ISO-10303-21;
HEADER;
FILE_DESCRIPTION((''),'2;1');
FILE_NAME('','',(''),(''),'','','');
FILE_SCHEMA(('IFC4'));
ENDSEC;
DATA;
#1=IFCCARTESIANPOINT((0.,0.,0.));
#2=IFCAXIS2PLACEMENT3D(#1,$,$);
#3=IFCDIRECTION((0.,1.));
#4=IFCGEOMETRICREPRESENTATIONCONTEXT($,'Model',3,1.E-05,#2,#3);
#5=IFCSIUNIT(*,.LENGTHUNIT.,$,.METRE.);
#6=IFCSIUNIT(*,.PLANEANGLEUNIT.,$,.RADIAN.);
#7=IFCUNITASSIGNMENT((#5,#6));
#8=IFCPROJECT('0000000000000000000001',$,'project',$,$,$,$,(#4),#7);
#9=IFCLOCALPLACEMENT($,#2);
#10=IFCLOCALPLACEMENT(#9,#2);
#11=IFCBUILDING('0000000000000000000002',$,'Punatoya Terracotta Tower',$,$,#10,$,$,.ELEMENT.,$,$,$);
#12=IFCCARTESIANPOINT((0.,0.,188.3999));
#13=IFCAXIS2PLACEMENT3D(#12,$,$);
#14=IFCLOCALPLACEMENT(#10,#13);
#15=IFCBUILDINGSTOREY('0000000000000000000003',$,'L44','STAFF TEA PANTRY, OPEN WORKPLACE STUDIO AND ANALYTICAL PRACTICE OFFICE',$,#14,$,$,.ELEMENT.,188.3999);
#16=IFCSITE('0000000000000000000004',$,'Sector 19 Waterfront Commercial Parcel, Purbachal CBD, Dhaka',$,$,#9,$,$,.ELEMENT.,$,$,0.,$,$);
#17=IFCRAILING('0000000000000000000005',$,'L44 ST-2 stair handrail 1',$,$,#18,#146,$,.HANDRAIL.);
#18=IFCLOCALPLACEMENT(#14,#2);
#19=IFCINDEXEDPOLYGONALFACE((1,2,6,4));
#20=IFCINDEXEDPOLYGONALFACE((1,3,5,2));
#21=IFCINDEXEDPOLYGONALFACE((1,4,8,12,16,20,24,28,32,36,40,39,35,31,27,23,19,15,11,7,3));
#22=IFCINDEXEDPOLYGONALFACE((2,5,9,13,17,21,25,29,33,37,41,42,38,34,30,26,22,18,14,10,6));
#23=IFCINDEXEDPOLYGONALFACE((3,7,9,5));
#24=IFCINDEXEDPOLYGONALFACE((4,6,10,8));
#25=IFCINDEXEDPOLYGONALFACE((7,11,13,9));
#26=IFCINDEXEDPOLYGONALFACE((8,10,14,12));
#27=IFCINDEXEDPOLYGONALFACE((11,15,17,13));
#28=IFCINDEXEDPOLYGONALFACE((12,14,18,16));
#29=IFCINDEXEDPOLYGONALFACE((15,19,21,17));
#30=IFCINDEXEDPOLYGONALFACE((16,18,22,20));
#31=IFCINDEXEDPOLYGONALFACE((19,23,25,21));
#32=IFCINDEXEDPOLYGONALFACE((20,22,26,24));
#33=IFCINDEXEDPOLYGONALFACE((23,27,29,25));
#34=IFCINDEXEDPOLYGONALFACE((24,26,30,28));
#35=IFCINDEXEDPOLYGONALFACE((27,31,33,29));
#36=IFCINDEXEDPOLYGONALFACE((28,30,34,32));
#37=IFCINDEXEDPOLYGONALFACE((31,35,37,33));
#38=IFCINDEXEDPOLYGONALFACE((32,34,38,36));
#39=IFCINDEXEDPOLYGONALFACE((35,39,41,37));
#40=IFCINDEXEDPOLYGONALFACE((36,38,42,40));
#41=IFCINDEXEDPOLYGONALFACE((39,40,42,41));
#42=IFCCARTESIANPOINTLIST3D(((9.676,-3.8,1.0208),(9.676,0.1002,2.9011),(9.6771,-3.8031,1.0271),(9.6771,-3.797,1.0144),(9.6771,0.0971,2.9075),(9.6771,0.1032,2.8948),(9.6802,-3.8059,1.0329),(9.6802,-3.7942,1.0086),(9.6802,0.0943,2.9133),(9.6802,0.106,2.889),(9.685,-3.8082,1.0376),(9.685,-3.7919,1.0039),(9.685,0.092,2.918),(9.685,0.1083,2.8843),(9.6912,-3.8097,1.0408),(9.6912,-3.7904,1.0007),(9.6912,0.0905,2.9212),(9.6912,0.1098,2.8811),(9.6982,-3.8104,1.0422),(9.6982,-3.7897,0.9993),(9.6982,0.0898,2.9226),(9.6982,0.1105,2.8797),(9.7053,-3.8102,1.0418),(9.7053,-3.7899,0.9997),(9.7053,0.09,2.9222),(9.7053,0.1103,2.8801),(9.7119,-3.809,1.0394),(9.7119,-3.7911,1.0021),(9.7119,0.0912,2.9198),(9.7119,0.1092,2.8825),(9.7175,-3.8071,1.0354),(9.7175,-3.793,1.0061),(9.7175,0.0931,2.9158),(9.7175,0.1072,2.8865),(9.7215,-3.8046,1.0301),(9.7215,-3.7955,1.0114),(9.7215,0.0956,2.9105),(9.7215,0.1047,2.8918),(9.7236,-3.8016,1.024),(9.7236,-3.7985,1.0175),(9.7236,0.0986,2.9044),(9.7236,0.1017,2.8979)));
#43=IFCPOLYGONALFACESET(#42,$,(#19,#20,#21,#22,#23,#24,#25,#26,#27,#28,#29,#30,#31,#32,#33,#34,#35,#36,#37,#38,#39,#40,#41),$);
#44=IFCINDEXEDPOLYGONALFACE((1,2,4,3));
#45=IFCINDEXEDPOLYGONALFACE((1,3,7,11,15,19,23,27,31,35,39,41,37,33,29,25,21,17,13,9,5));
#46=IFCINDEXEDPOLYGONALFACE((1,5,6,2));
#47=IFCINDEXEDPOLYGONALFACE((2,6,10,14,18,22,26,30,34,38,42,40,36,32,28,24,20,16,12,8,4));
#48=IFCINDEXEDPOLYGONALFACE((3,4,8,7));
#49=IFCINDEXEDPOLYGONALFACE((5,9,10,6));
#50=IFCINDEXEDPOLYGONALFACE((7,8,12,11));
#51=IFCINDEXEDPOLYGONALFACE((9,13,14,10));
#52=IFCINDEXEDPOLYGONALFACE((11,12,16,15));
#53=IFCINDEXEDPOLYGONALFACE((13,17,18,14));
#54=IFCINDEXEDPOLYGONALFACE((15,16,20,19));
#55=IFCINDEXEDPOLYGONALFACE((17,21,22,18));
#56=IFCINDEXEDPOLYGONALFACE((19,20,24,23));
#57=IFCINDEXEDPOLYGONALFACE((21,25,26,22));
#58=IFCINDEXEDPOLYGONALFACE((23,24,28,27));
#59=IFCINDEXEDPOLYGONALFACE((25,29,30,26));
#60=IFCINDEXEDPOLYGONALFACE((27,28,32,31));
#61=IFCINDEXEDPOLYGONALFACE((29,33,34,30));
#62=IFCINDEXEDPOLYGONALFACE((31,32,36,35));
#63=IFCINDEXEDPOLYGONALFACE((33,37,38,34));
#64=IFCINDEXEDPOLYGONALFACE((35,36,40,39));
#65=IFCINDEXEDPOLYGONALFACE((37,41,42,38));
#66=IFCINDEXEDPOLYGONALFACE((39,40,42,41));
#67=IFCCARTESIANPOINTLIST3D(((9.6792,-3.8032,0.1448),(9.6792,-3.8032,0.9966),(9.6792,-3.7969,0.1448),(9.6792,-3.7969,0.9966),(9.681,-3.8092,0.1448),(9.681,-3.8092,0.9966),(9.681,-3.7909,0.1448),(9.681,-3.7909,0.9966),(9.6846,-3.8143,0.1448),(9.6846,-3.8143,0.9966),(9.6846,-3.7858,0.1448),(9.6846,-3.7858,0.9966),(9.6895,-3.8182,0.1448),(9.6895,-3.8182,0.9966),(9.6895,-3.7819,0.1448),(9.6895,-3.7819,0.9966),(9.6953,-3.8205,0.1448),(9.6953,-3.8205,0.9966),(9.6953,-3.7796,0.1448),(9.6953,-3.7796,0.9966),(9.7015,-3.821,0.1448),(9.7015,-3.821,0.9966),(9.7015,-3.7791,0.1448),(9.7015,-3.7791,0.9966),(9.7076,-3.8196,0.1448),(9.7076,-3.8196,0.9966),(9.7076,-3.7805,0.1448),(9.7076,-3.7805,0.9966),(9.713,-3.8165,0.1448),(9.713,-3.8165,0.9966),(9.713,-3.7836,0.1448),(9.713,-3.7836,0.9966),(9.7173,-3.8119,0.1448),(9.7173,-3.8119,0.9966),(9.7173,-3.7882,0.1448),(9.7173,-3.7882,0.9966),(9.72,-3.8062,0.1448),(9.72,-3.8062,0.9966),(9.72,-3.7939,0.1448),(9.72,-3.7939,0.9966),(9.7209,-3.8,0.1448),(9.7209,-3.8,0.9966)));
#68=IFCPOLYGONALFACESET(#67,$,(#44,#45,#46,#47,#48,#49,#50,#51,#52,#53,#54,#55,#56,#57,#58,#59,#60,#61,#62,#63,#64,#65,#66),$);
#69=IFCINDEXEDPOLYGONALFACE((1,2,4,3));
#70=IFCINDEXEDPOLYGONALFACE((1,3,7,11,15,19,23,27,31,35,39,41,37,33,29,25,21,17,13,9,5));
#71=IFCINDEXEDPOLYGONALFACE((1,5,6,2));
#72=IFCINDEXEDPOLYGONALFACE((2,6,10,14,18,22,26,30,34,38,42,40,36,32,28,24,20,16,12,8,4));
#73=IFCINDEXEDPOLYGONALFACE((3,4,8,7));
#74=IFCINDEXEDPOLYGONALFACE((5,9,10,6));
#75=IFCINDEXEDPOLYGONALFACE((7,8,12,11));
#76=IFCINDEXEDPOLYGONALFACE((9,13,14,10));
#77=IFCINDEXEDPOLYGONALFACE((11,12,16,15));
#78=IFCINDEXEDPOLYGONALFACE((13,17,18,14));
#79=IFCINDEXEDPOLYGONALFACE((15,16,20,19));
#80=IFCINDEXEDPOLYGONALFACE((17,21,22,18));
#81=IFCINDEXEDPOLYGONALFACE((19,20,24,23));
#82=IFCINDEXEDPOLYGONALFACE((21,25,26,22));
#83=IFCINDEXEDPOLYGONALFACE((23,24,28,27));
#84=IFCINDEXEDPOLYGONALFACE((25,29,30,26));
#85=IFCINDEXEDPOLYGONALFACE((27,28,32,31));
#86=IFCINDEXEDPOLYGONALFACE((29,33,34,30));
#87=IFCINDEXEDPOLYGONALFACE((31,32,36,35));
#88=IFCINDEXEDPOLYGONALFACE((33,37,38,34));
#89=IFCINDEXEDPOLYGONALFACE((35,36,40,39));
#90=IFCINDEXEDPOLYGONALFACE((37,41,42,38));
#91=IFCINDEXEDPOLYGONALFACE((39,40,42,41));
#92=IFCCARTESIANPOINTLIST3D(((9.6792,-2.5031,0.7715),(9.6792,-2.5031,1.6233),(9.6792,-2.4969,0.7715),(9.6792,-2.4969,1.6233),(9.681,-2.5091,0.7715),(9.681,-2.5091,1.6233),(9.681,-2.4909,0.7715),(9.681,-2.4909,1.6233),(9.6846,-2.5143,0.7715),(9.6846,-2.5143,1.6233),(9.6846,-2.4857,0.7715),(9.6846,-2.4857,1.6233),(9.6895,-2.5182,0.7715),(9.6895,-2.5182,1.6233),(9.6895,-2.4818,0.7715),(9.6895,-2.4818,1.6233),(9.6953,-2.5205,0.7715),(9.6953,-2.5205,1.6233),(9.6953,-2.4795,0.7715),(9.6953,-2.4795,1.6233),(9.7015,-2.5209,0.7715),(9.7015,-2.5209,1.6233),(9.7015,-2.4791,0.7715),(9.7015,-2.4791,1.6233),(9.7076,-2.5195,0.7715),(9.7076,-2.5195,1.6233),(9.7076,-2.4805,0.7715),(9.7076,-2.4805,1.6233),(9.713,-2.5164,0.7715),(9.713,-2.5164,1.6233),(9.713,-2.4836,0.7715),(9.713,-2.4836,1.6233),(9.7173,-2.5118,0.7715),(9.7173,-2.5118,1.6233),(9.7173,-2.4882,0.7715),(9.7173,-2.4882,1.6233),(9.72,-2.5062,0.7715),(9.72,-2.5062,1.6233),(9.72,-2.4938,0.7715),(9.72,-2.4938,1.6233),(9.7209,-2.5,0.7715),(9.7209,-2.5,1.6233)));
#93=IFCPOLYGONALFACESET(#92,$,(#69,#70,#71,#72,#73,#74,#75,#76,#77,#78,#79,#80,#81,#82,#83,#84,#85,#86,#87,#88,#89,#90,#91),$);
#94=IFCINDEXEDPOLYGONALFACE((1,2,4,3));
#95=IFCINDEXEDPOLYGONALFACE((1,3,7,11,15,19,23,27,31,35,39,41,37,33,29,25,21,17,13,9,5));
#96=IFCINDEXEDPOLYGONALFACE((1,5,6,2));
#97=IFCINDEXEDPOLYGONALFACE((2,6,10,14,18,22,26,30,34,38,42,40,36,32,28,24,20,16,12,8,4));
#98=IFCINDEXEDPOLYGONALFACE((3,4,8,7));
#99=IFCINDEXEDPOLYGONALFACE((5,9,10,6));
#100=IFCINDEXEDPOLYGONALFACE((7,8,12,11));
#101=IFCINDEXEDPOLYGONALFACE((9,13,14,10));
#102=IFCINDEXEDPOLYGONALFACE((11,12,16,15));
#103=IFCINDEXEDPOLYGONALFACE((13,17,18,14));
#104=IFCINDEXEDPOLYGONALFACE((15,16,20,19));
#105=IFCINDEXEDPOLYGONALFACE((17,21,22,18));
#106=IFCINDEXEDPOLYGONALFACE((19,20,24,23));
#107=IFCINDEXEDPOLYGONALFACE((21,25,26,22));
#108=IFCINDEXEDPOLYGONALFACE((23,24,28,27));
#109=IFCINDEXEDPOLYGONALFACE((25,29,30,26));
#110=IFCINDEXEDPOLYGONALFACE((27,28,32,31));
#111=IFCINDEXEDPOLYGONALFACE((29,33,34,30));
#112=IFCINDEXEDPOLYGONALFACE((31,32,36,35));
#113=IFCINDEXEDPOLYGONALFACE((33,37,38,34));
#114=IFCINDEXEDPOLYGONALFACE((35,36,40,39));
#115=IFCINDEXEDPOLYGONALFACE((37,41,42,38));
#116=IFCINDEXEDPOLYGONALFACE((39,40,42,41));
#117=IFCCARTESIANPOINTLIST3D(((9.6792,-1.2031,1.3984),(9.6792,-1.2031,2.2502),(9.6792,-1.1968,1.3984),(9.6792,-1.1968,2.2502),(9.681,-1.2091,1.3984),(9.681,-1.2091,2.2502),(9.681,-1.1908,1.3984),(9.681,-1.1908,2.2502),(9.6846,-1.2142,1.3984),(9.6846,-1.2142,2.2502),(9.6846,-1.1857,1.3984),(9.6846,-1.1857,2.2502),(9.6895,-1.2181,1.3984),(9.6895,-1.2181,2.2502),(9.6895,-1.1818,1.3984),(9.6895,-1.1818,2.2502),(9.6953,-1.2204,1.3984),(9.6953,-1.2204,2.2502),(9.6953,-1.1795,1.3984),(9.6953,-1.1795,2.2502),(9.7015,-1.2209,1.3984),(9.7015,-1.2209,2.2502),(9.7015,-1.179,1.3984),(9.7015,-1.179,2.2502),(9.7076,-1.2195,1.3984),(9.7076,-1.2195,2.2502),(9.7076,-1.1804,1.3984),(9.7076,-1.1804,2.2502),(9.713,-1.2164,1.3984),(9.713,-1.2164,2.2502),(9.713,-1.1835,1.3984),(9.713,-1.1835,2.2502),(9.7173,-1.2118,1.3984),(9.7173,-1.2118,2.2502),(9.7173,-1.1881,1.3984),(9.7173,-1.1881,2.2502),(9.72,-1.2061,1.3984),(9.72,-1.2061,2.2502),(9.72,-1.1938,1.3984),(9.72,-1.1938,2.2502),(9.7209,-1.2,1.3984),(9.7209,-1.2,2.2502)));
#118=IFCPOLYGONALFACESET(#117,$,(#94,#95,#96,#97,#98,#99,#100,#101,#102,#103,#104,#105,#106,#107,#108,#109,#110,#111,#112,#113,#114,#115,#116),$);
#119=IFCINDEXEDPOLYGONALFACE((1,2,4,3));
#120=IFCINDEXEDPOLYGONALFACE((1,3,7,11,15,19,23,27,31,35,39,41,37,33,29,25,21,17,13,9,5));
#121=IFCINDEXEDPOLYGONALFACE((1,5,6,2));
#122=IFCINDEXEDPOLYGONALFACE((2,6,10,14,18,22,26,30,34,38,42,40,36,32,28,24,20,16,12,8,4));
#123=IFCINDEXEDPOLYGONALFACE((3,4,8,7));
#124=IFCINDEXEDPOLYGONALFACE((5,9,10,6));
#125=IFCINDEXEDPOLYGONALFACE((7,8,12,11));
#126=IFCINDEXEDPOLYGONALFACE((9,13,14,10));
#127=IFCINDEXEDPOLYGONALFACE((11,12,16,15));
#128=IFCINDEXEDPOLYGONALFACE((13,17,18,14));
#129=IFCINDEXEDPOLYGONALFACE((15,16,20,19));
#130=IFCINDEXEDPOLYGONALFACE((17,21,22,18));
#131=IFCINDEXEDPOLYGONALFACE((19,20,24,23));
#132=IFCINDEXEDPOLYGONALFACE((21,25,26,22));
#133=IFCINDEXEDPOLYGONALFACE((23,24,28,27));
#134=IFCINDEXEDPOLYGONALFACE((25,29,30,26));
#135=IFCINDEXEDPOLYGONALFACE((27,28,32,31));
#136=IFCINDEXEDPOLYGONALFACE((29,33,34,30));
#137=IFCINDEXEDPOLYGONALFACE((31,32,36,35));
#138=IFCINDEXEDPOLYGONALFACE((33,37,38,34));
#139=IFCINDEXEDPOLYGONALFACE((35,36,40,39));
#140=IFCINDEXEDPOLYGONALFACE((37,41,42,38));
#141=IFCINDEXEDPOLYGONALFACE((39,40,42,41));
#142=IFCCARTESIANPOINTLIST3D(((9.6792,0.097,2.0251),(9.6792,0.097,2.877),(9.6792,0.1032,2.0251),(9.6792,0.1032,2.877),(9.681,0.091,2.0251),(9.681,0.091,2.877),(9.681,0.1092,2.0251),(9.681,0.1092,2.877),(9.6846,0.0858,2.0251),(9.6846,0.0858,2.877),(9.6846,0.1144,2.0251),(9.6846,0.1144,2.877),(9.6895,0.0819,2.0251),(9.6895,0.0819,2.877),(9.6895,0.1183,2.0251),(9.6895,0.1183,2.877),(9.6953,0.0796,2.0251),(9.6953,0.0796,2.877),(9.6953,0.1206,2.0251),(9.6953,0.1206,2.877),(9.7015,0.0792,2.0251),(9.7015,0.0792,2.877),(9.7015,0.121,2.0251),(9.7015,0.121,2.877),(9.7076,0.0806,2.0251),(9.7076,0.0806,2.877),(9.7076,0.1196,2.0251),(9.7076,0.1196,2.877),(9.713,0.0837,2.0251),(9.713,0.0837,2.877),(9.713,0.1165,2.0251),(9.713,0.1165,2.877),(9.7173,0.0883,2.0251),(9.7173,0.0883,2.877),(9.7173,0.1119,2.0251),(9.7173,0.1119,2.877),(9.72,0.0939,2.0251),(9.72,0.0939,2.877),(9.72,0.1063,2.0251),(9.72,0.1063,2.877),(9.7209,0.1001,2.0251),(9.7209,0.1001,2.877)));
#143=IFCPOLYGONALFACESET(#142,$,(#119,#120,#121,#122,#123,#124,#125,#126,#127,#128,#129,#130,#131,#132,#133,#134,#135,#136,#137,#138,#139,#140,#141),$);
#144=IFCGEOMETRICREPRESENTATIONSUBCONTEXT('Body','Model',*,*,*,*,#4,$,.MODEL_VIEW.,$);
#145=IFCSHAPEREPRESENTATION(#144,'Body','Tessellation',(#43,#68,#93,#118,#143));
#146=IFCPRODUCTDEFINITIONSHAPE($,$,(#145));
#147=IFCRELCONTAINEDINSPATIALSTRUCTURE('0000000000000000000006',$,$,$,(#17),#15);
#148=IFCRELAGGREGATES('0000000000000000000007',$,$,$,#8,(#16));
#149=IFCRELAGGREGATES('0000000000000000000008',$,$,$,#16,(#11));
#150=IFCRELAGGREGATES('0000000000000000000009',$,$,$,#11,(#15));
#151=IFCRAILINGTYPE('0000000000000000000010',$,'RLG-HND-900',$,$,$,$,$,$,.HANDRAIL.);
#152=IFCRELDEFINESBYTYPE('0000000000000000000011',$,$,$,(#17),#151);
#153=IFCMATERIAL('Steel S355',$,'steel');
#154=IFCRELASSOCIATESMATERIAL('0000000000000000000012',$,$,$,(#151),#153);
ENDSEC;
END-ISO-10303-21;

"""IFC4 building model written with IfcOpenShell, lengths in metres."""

from ifc_helpers import new_model, si_unit, direction, frame, origin, origin_2d, place, context, subcontext, project, spatial, circle, extrude, material, type_object, element, save


model = new_model("IFC4")

# Units and contexts
model_context = context("Model", 3, precision=1e-05, world=origin(), true_north=direction((0.0, 1.0)))
body_context = subcontext(model_context, "Body", "Model", "MODEL_VIEW")
ifc_project = project(units=[si_unit("LENGTHUNIT", "METRE"), si_unit("PLANEANGLEUNIT", "RADIAN")], contexts=[model_context])

# Site, building, storey
site_placement = place(None, origin())
site = spatial("IfcSite", under=ifc_project, at=site_placement, Name="Sector 19 Waterfront Commercial Parcel, Purbachal CBD, Dhaka", CompositionType="ELEMENT", RefElevation=0.0)
building_placement = place(site_placement, origin())
building = spatial("IfcBuilding", under=site, at=building_placement, Name="Punatoya Terracotta Tower", CompositionType="ELEMENT")
storey_placement = place(building_placement, frame((0.0, 0.0, 188.3999)))
storey = spatial("IfcBuildingStorey", under=building, at=storey_placement, Name="L44", Description="STAFF TEA PANTRY, OPEN WORKPLACE STUDIO AND ANALYTICAL PRACTICE OFFICE", CompositionType="ELEMENT", Elevation=188.3999)

# Shared definitions
ifc_material_1 = material(Name="Steel S355", Category="steel")

# Railing
railing_type_1 = type_object("IfcRailingType", Name="RLG-HND-900", PredefinedType="HANDRAIL", material=ifc_material_1)
railing_1_placement = place(storey_placement, frame((9.7, -3.8, 0.1448)))
element("IfcRailing", 1, at=railing_1_placement, inside=storey, type_object=railing_type_1, Name="L44 ST-2 stair handrail 1", PredefinedType="HANDRAIL", context=body_context, shape_type="SweptSolid", body=[
    extrude(circle(Radius=0.0239, at=origin_2d()), frame((0.0, 0.0, 0.876), z_axis=(0.0, 0.900774, 0.434289), x_axis=(-1.0, 0.0, 0.0)), (0.0, 0.0, 1.0), 4.3298),
    extrude(circle(Radius=0.021, at=origin_2d()), origin(), (0.0, 0.0, 1.0), 0.8518),
    extrude(circle(Radius=0.021, at=origin_2d()), frame((0.0, 1.3, 0.6267)), (0.0, 0.0, 1.0), 0.8518),
    extrude(circle(Radius=0.021, at=origin_2d()), frame((0.0, 2.6001, 1.2537)), (0.0, 0.0, 1.0), 0.8518),
    extrude(circle(Radius=0.021, at=origin_2d()), frame((0.0, 3.9001, 1.8804)), (0.0, 0.0, 1.0), 0.8518),
])

save(model, "model.ifc")
